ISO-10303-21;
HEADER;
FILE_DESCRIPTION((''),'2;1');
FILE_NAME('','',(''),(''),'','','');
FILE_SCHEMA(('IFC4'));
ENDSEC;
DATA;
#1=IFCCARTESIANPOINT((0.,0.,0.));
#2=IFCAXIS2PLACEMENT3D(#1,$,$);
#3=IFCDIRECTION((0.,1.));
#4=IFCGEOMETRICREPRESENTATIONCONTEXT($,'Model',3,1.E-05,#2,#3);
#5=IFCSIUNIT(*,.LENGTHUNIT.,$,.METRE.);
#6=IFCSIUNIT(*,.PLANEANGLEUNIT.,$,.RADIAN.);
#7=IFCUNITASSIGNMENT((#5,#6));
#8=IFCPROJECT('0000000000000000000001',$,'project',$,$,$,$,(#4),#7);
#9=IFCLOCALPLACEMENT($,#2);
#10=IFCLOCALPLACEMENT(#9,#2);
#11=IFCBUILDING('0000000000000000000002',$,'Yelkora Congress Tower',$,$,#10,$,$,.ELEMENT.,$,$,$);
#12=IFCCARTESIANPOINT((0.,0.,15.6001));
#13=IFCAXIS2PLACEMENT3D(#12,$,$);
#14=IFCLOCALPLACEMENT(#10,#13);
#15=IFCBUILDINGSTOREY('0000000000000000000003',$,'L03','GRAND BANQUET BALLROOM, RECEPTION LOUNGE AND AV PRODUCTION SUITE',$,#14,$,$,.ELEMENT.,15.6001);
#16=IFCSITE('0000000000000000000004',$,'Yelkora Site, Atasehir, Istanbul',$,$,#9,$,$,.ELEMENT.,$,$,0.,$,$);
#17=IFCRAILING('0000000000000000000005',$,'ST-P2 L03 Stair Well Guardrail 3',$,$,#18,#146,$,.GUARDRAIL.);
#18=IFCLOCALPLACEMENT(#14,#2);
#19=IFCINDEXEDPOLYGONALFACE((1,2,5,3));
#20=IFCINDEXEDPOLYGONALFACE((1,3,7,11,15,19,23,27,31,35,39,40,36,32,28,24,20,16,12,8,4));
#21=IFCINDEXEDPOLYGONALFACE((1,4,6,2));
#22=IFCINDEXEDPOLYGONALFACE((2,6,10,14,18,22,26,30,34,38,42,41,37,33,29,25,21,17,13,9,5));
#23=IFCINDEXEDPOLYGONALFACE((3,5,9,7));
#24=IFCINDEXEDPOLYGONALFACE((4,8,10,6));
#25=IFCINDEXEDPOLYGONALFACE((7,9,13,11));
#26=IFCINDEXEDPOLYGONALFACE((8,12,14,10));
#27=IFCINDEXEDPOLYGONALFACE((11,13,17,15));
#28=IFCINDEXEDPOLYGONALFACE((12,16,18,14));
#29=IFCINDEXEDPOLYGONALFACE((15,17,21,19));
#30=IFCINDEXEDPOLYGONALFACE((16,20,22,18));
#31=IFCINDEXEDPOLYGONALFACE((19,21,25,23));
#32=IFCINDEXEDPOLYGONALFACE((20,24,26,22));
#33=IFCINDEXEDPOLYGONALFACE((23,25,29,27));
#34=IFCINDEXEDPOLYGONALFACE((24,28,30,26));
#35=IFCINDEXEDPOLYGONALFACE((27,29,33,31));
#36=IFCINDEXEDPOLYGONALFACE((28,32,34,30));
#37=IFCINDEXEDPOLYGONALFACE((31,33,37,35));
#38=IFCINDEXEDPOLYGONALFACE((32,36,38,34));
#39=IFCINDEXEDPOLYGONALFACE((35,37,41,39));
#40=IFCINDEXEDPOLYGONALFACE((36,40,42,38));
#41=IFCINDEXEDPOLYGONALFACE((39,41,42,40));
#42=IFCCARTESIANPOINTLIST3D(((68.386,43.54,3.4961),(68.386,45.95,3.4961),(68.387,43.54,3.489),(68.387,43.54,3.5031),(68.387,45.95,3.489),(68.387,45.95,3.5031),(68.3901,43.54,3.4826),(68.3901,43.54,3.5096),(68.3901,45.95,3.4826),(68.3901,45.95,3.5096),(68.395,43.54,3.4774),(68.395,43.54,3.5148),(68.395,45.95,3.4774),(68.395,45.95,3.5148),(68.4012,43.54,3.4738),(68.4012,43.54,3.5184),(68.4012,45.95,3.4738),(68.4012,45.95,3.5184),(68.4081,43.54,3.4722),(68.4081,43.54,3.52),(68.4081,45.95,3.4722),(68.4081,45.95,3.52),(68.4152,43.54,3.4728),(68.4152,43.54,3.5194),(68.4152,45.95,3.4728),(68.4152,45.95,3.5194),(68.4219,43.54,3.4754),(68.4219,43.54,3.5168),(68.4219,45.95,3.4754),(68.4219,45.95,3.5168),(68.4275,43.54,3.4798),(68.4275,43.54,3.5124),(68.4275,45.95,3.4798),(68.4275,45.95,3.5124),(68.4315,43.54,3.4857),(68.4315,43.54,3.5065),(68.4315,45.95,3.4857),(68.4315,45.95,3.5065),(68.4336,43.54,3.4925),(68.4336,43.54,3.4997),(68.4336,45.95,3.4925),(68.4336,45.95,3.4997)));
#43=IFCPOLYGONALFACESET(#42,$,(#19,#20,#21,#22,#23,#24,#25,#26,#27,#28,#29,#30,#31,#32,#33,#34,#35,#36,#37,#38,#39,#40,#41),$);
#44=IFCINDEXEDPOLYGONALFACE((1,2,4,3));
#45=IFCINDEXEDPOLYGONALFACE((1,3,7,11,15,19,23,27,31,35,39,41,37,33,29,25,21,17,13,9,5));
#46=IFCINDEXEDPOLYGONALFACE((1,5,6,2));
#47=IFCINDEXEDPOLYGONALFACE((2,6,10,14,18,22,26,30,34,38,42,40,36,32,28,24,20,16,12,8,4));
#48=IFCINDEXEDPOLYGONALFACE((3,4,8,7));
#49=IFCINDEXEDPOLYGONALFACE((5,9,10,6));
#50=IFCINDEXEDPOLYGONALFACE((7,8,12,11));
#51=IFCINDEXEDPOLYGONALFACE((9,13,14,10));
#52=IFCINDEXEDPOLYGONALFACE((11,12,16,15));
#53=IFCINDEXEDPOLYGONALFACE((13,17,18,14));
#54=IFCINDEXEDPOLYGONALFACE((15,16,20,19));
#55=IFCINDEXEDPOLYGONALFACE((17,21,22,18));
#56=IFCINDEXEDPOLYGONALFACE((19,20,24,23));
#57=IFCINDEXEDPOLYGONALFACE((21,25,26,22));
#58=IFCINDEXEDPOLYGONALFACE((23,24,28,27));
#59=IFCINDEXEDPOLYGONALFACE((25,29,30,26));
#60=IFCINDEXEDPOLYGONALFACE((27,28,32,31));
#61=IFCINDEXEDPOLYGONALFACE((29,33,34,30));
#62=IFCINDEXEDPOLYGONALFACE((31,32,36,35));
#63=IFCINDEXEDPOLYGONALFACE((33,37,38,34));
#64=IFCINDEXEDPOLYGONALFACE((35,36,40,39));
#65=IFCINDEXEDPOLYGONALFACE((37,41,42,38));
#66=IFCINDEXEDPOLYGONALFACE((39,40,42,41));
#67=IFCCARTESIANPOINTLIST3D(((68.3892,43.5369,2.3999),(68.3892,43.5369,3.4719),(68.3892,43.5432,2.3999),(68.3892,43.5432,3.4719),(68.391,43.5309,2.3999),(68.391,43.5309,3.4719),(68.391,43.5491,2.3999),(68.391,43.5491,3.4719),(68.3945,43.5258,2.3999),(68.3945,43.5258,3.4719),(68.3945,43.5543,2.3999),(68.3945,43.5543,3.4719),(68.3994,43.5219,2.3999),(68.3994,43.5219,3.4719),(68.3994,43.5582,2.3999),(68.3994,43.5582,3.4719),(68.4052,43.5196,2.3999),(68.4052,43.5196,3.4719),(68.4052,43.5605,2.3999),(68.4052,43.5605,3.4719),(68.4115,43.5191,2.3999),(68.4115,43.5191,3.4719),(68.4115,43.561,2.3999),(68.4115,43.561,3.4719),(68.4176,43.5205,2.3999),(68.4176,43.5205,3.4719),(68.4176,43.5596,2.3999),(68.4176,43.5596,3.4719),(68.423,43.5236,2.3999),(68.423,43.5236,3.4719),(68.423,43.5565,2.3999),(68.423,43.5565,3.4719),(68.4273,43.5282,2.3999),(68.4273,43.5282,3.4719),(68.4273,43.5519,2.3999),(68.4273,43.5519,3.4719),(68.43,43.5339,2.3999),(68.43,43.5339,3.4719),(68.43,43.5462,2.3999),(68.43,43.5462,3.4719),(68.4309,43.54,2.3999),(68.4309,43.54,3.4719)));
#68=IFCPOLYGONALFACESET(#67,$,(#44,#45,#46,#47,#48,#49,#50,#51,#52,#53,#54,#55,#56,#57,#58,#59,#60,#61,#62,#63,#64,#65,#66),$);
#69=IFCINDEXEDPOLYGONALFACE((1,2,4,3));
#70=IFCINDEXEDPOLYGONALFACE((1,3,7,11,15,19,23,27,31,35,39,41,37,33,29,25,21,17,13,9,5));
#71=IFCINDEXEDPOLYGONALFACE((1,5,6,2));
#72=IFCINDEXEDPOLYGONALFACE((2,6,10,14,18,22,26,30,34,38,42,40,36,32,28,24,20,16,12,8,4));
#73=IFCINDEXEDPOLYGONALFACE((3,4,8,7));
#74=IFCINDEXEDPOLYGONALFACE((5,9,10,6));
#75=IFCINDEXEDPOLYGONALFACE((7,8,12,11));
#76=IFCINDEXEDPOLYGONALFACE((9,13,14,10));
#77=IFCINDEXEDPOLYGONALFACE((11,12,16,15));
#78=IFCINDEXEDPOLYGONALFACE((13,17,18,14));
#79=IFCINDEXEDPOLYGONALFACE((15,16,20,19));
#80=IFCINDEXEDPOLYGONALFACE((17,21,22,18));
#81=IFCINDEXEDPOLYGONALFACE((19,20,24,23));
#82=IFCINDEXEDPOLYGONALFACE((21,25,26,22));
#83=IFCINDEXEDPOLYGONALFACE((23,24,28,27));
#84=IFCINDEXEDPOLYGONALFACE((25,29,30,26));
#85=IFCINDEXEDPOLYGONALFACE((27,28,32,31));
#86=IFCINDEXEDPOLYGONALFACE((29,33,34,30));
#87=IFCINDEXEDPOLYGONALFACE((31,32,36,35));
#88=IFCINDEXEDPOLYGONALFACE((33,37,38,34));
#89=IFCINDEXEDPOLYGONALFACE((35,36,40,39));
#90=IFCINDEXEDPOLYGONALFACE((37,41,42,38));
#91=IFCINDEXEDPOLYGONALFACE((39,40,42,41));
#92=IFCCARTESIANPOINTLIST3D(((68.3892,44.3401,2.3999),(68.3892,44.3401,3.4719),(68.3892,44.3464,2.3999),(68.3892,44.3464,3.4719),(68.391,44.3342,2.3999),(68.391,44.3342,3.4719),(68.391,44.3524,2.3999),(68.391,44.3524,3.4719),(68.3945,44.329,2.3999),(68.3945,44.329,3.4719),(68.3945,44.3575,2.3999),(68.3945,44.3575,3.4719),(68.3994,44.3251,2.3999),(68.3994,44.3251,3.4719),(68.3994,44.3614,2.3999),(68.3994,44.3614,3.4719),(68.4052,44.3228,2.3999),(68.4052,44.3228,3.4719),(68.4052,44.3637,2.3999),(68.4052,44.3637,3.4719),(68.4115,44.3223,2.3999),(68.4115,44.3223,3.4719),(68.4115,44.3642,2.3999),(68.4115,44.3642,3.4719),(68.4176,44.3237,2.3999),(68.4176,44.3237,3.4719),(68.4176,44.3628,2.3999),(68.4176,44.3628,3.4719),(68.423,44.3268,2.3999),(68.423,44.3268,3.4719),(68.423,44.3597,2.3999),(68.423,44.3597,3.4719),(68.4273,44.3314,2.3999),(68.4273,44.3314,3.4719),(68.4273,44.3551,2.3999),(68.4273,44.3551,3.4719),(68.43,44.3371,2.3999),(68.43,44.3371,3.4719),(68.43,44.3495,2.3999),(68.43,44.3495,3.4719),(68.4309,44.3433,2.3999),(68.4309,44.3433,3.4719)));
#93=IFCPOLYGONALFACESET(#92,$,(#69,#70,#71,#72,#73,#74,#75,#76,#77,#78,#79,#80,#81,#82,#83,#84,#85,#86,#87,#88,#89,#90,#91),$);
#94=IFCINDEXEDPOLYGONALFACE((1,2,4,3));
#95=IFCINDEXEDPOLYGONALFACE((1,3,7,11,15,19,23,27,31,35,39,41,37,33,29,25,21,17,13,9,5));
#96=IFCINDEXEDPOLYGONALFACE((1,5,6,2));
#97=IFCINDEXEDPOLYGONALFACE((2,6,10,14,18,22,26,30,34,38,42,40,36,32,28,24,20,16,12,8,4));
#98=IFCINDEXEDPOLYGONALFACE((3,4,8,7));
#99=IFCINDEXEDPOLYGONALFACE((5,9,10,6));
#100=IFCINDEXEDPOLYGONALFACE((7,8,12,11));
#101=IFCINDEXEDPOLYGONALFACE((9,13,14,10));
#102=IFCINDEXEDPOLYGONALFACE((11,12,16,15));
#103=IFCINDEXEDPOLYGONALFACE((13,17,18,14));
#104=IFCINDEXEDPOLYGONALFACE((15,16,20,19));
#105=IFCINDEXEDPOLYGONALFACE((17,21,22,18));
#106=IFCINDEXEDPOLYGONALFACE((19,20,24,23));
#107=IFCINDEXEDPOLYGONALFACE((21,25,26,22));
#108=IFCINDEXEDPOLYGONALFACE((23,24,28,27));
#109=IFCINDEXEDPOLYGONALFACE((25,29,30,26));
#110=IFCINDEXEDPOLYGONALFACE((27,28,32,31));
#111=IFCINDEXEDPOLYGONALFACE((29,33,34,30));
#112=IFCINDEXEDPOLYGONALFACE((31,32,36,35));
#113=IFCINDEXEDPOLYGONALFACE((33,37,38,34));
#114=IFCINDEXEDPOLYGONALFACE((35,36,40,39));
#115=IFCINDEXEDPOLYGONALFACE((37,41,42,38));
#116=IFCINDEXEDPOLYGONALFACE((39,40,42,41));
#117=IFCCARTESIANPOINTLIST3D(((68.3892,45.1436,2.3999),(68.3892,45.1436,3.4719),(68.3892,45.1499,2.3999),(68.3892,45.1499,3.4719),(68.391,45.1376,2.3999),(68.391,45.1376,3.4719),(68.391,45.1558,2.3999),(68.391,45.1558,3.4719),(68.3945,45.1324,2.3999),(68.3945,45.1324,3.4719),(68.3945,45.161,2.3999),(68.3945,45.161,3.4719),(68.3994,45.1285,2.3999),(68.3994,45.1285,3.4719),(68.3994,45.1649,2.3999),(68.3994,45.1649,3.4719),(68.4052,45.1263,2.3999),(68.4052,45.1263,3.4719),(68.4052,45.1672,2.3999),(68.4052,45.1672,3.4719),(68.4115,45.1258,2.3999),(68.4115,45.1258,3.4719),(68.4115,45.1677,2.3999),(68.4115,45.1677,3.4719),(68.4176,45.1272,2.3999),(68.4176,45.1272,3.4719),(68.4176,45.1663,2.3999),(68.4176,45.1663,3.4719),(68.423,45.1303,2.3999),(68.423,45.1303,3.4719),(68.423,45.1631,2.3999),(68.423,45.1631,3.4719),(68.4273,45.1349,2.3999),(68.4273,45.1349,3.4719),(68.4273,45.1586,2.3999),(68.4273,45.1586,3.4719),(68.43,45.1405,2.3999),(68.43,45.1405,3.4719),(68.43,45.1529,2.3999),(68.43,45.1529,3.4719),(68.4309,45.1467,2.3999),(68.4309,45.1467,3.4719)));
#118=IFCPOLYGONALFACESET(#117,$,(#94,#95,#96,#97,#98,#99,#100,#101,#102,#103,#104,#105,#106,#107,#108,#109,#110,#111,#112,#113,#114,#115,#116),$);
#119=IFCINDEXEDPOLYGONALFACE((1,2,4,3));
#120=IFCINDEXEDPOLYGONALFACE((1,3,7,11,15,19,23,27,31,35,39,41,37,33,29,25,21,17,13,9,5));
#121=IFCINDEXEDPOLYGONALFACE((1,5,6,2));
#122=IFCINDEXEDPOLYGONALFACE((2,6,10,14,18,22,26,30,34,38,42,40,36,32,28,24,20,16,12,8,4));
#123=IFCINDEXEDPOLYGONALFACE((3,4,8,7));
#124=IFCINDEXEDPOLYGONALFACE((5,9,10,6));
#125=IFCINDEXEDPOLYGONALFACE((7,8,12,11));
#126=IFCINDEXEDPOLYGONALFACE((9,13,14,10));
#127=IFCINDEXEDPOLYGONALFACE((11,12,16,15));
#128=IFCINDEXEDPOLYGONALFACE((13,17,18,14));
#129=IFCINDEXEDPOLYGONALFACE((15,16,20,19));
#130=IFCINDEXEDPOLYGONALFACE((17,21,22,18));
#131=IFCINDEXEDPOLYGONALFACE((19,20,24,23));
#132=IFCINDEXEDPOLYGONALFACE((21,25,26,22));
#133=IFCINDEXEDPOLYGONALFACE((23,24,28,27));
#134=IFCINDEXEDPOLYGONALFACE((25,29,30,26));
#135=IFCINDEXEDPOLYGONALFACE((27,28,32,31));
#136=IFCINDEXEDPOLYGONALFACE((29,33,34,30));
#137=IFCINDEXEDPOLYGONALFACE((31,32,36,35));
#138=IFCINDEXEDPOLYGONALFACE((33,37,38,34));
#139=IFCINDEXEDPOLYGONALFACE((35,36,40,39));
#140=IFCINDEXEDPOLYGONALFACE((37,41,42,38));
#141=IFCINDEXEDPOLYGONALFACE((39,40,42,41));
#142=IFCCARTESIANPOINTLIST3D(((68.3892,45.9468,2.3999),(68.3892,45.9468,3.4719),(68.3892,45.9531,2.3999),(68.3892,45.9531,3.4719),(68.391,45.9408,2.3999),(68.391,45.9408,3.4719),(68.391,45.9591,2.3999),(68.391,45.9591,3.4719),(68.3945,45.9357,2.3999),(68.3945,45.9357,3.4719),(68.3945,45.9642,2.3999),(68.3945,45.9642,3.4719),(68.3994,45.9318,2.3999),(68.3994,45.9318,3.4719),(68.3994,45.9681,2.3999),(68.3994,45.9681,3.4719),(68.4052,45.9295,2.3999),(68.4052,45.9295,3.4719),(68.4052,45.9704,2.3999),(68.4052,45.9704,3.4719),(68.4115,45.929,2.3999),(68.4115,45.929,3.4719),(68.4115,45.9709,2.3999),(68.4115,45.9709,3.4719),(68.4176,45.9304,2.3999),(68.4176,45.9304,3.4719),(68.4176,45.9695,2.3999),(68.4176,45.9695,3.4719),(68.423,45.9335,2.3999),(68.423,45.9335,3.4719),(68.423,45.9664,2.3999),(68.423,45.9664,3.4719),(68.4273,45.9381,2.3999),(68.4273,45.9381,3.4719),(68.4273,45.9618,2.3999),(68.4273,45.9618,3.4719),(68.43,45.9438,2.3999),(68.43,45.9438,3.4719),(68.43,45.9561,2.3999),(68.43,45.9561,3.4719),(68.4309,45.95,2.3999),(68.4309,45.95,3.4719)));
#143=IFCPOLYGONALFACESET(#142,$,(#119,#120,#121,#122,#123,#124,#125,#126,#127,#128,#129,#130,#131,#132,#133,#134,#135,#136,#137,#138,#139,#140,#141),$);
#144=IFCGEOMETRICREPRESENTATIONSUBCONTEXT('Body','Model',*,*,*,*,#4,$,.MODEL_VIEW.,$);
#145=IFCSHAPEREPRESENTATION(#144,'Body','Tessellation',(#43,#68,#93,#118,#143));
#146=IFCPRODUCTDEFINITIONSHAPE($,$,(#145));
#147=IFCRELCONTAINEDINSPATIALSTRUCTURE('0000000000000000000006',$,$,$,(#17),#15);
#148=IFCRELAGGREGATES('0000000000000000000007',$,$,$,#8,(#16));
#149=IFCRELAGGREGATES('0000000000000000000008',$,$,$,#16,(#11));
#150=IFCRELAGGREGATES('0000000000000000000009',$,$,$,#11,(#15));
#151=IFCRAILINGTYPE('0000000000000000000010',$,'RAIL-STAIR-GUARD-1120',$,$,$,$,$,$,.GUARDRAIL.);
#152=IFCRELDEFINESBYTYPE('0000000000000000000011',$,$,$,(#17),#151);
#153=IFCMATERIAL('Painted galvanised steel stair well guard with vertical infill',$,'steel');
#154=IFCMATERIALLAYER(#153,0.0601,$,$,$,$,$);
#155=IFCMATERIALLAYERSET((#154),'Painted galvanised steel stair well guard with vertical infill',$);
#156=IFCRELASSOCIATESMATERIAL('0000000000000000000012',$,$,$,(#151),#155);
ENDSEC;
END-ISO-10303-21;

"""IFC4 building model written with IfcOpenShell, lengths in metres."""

from ifc_helpers import new_model, si_unit, direction, frame, origin, origin_2d, place, context, subcontext, project, spatial, circle, extrude, material, layer, layer_set, type_object, element, save


model = new_model("IFC4")

# Units and contexts
model_context = context("Model", 3, precision=1e-05, world=origin(), true_north=direction((0.0, 1.0)))
body_context = subcontext(model_context, "Body", "Model", "MODEL_VIEW")
ifc_project = project(units=[si_unit("LENGTHUNIT", "METRE"), si_unit("PLANEANGLEUNIT", "RADIAN")], contexts=[model_context])

# Site, building, storey
site_placement = place(None, origin())
site = spatial("IfcSite", under=ifc_project, at=site_placement, Name="Yelkora Site, Atasehir, Istanbul", CompositionType="ELEMENT", RefElevation=0.0)
building_placement = place(site_placement, origin())
building = spatial("IfcBuilding", under=site, at=building_placement, Name="Yelkora Congress Tower", CompositionType="ELEMENT")
storey_placement = place(building_placement, frame((0.0, 0.0, 15.6001)))
storey = spatial("IfcBuildingStorey", under=building, at=storey_placement, Name="L03", Description="GRAND BANQUET BALLROOM, RECEPTION LOUNGE AND AV PRODUCTION SUITE", CompositionType="ELEMENT", Elevation=15.6001)

# Railing
ifc_material_1 = material(Name="Painted galvanised steel stair well guard with vertical infill", Category="steel")
ifc_layer_1 = layer(ifc_material_1, 0.0601)
ifc_layer_set_1 = layer_set([ifc_layer_1], Name="Painted galvanised steel stair well guard with vertical infill")
railing_type_1 = type_object("IfcRailingType", Name="RAIL-STAIR-GUARD-1120", PredefinedType="GUARDRAIL", material=ifc_layer_set_1)
for number, where, name in (
    (1, (68.4099, 43.54, 2.3999), "ST-P2 L03 Stair Well Guardrail 3"),
):
    element("IfcRailing", number, at=place(storey_placement, frame(where)), inside=storey, type_object=railing_type_1, Name=name, PredefinedType="GUARDRAIL", context=body_context, shape_type="SweptSolid", body=[
        extrude(circle(Radius=0.0239, at=origin_2d()), frame((0.0, 0.0, 1.0962), z_axis=(0.0, 1.0, 0.0), x_axis=(-1.0, 0.0, 0.0)), (0.0, 0.0, 1.0), 2.4099),
        extrude(circle(Radius=0.021, at=origin_2d()), origin(), (0.0, 0.0, 1.0), 1.072),
        extrude(circle(Radius=0.021, at=origin_2d()), frame((0.0, 0.8032, 0.0)), (0.0, 0.0, 1.0), 1.072),
        extrude(circle(Radius=0.021, at=origin_2d()), frame((0.0, 1.6067, 0.0)), (0.0, 0.0, 1.0), 1.072),
        extrude(circle(Radius=0.021, at=origin_2d()), frame((0.0, 2.4099, 0.0)), (0.0, 0.0, 1.0), 1.072),
    ])

save(model, "model.ifc")
